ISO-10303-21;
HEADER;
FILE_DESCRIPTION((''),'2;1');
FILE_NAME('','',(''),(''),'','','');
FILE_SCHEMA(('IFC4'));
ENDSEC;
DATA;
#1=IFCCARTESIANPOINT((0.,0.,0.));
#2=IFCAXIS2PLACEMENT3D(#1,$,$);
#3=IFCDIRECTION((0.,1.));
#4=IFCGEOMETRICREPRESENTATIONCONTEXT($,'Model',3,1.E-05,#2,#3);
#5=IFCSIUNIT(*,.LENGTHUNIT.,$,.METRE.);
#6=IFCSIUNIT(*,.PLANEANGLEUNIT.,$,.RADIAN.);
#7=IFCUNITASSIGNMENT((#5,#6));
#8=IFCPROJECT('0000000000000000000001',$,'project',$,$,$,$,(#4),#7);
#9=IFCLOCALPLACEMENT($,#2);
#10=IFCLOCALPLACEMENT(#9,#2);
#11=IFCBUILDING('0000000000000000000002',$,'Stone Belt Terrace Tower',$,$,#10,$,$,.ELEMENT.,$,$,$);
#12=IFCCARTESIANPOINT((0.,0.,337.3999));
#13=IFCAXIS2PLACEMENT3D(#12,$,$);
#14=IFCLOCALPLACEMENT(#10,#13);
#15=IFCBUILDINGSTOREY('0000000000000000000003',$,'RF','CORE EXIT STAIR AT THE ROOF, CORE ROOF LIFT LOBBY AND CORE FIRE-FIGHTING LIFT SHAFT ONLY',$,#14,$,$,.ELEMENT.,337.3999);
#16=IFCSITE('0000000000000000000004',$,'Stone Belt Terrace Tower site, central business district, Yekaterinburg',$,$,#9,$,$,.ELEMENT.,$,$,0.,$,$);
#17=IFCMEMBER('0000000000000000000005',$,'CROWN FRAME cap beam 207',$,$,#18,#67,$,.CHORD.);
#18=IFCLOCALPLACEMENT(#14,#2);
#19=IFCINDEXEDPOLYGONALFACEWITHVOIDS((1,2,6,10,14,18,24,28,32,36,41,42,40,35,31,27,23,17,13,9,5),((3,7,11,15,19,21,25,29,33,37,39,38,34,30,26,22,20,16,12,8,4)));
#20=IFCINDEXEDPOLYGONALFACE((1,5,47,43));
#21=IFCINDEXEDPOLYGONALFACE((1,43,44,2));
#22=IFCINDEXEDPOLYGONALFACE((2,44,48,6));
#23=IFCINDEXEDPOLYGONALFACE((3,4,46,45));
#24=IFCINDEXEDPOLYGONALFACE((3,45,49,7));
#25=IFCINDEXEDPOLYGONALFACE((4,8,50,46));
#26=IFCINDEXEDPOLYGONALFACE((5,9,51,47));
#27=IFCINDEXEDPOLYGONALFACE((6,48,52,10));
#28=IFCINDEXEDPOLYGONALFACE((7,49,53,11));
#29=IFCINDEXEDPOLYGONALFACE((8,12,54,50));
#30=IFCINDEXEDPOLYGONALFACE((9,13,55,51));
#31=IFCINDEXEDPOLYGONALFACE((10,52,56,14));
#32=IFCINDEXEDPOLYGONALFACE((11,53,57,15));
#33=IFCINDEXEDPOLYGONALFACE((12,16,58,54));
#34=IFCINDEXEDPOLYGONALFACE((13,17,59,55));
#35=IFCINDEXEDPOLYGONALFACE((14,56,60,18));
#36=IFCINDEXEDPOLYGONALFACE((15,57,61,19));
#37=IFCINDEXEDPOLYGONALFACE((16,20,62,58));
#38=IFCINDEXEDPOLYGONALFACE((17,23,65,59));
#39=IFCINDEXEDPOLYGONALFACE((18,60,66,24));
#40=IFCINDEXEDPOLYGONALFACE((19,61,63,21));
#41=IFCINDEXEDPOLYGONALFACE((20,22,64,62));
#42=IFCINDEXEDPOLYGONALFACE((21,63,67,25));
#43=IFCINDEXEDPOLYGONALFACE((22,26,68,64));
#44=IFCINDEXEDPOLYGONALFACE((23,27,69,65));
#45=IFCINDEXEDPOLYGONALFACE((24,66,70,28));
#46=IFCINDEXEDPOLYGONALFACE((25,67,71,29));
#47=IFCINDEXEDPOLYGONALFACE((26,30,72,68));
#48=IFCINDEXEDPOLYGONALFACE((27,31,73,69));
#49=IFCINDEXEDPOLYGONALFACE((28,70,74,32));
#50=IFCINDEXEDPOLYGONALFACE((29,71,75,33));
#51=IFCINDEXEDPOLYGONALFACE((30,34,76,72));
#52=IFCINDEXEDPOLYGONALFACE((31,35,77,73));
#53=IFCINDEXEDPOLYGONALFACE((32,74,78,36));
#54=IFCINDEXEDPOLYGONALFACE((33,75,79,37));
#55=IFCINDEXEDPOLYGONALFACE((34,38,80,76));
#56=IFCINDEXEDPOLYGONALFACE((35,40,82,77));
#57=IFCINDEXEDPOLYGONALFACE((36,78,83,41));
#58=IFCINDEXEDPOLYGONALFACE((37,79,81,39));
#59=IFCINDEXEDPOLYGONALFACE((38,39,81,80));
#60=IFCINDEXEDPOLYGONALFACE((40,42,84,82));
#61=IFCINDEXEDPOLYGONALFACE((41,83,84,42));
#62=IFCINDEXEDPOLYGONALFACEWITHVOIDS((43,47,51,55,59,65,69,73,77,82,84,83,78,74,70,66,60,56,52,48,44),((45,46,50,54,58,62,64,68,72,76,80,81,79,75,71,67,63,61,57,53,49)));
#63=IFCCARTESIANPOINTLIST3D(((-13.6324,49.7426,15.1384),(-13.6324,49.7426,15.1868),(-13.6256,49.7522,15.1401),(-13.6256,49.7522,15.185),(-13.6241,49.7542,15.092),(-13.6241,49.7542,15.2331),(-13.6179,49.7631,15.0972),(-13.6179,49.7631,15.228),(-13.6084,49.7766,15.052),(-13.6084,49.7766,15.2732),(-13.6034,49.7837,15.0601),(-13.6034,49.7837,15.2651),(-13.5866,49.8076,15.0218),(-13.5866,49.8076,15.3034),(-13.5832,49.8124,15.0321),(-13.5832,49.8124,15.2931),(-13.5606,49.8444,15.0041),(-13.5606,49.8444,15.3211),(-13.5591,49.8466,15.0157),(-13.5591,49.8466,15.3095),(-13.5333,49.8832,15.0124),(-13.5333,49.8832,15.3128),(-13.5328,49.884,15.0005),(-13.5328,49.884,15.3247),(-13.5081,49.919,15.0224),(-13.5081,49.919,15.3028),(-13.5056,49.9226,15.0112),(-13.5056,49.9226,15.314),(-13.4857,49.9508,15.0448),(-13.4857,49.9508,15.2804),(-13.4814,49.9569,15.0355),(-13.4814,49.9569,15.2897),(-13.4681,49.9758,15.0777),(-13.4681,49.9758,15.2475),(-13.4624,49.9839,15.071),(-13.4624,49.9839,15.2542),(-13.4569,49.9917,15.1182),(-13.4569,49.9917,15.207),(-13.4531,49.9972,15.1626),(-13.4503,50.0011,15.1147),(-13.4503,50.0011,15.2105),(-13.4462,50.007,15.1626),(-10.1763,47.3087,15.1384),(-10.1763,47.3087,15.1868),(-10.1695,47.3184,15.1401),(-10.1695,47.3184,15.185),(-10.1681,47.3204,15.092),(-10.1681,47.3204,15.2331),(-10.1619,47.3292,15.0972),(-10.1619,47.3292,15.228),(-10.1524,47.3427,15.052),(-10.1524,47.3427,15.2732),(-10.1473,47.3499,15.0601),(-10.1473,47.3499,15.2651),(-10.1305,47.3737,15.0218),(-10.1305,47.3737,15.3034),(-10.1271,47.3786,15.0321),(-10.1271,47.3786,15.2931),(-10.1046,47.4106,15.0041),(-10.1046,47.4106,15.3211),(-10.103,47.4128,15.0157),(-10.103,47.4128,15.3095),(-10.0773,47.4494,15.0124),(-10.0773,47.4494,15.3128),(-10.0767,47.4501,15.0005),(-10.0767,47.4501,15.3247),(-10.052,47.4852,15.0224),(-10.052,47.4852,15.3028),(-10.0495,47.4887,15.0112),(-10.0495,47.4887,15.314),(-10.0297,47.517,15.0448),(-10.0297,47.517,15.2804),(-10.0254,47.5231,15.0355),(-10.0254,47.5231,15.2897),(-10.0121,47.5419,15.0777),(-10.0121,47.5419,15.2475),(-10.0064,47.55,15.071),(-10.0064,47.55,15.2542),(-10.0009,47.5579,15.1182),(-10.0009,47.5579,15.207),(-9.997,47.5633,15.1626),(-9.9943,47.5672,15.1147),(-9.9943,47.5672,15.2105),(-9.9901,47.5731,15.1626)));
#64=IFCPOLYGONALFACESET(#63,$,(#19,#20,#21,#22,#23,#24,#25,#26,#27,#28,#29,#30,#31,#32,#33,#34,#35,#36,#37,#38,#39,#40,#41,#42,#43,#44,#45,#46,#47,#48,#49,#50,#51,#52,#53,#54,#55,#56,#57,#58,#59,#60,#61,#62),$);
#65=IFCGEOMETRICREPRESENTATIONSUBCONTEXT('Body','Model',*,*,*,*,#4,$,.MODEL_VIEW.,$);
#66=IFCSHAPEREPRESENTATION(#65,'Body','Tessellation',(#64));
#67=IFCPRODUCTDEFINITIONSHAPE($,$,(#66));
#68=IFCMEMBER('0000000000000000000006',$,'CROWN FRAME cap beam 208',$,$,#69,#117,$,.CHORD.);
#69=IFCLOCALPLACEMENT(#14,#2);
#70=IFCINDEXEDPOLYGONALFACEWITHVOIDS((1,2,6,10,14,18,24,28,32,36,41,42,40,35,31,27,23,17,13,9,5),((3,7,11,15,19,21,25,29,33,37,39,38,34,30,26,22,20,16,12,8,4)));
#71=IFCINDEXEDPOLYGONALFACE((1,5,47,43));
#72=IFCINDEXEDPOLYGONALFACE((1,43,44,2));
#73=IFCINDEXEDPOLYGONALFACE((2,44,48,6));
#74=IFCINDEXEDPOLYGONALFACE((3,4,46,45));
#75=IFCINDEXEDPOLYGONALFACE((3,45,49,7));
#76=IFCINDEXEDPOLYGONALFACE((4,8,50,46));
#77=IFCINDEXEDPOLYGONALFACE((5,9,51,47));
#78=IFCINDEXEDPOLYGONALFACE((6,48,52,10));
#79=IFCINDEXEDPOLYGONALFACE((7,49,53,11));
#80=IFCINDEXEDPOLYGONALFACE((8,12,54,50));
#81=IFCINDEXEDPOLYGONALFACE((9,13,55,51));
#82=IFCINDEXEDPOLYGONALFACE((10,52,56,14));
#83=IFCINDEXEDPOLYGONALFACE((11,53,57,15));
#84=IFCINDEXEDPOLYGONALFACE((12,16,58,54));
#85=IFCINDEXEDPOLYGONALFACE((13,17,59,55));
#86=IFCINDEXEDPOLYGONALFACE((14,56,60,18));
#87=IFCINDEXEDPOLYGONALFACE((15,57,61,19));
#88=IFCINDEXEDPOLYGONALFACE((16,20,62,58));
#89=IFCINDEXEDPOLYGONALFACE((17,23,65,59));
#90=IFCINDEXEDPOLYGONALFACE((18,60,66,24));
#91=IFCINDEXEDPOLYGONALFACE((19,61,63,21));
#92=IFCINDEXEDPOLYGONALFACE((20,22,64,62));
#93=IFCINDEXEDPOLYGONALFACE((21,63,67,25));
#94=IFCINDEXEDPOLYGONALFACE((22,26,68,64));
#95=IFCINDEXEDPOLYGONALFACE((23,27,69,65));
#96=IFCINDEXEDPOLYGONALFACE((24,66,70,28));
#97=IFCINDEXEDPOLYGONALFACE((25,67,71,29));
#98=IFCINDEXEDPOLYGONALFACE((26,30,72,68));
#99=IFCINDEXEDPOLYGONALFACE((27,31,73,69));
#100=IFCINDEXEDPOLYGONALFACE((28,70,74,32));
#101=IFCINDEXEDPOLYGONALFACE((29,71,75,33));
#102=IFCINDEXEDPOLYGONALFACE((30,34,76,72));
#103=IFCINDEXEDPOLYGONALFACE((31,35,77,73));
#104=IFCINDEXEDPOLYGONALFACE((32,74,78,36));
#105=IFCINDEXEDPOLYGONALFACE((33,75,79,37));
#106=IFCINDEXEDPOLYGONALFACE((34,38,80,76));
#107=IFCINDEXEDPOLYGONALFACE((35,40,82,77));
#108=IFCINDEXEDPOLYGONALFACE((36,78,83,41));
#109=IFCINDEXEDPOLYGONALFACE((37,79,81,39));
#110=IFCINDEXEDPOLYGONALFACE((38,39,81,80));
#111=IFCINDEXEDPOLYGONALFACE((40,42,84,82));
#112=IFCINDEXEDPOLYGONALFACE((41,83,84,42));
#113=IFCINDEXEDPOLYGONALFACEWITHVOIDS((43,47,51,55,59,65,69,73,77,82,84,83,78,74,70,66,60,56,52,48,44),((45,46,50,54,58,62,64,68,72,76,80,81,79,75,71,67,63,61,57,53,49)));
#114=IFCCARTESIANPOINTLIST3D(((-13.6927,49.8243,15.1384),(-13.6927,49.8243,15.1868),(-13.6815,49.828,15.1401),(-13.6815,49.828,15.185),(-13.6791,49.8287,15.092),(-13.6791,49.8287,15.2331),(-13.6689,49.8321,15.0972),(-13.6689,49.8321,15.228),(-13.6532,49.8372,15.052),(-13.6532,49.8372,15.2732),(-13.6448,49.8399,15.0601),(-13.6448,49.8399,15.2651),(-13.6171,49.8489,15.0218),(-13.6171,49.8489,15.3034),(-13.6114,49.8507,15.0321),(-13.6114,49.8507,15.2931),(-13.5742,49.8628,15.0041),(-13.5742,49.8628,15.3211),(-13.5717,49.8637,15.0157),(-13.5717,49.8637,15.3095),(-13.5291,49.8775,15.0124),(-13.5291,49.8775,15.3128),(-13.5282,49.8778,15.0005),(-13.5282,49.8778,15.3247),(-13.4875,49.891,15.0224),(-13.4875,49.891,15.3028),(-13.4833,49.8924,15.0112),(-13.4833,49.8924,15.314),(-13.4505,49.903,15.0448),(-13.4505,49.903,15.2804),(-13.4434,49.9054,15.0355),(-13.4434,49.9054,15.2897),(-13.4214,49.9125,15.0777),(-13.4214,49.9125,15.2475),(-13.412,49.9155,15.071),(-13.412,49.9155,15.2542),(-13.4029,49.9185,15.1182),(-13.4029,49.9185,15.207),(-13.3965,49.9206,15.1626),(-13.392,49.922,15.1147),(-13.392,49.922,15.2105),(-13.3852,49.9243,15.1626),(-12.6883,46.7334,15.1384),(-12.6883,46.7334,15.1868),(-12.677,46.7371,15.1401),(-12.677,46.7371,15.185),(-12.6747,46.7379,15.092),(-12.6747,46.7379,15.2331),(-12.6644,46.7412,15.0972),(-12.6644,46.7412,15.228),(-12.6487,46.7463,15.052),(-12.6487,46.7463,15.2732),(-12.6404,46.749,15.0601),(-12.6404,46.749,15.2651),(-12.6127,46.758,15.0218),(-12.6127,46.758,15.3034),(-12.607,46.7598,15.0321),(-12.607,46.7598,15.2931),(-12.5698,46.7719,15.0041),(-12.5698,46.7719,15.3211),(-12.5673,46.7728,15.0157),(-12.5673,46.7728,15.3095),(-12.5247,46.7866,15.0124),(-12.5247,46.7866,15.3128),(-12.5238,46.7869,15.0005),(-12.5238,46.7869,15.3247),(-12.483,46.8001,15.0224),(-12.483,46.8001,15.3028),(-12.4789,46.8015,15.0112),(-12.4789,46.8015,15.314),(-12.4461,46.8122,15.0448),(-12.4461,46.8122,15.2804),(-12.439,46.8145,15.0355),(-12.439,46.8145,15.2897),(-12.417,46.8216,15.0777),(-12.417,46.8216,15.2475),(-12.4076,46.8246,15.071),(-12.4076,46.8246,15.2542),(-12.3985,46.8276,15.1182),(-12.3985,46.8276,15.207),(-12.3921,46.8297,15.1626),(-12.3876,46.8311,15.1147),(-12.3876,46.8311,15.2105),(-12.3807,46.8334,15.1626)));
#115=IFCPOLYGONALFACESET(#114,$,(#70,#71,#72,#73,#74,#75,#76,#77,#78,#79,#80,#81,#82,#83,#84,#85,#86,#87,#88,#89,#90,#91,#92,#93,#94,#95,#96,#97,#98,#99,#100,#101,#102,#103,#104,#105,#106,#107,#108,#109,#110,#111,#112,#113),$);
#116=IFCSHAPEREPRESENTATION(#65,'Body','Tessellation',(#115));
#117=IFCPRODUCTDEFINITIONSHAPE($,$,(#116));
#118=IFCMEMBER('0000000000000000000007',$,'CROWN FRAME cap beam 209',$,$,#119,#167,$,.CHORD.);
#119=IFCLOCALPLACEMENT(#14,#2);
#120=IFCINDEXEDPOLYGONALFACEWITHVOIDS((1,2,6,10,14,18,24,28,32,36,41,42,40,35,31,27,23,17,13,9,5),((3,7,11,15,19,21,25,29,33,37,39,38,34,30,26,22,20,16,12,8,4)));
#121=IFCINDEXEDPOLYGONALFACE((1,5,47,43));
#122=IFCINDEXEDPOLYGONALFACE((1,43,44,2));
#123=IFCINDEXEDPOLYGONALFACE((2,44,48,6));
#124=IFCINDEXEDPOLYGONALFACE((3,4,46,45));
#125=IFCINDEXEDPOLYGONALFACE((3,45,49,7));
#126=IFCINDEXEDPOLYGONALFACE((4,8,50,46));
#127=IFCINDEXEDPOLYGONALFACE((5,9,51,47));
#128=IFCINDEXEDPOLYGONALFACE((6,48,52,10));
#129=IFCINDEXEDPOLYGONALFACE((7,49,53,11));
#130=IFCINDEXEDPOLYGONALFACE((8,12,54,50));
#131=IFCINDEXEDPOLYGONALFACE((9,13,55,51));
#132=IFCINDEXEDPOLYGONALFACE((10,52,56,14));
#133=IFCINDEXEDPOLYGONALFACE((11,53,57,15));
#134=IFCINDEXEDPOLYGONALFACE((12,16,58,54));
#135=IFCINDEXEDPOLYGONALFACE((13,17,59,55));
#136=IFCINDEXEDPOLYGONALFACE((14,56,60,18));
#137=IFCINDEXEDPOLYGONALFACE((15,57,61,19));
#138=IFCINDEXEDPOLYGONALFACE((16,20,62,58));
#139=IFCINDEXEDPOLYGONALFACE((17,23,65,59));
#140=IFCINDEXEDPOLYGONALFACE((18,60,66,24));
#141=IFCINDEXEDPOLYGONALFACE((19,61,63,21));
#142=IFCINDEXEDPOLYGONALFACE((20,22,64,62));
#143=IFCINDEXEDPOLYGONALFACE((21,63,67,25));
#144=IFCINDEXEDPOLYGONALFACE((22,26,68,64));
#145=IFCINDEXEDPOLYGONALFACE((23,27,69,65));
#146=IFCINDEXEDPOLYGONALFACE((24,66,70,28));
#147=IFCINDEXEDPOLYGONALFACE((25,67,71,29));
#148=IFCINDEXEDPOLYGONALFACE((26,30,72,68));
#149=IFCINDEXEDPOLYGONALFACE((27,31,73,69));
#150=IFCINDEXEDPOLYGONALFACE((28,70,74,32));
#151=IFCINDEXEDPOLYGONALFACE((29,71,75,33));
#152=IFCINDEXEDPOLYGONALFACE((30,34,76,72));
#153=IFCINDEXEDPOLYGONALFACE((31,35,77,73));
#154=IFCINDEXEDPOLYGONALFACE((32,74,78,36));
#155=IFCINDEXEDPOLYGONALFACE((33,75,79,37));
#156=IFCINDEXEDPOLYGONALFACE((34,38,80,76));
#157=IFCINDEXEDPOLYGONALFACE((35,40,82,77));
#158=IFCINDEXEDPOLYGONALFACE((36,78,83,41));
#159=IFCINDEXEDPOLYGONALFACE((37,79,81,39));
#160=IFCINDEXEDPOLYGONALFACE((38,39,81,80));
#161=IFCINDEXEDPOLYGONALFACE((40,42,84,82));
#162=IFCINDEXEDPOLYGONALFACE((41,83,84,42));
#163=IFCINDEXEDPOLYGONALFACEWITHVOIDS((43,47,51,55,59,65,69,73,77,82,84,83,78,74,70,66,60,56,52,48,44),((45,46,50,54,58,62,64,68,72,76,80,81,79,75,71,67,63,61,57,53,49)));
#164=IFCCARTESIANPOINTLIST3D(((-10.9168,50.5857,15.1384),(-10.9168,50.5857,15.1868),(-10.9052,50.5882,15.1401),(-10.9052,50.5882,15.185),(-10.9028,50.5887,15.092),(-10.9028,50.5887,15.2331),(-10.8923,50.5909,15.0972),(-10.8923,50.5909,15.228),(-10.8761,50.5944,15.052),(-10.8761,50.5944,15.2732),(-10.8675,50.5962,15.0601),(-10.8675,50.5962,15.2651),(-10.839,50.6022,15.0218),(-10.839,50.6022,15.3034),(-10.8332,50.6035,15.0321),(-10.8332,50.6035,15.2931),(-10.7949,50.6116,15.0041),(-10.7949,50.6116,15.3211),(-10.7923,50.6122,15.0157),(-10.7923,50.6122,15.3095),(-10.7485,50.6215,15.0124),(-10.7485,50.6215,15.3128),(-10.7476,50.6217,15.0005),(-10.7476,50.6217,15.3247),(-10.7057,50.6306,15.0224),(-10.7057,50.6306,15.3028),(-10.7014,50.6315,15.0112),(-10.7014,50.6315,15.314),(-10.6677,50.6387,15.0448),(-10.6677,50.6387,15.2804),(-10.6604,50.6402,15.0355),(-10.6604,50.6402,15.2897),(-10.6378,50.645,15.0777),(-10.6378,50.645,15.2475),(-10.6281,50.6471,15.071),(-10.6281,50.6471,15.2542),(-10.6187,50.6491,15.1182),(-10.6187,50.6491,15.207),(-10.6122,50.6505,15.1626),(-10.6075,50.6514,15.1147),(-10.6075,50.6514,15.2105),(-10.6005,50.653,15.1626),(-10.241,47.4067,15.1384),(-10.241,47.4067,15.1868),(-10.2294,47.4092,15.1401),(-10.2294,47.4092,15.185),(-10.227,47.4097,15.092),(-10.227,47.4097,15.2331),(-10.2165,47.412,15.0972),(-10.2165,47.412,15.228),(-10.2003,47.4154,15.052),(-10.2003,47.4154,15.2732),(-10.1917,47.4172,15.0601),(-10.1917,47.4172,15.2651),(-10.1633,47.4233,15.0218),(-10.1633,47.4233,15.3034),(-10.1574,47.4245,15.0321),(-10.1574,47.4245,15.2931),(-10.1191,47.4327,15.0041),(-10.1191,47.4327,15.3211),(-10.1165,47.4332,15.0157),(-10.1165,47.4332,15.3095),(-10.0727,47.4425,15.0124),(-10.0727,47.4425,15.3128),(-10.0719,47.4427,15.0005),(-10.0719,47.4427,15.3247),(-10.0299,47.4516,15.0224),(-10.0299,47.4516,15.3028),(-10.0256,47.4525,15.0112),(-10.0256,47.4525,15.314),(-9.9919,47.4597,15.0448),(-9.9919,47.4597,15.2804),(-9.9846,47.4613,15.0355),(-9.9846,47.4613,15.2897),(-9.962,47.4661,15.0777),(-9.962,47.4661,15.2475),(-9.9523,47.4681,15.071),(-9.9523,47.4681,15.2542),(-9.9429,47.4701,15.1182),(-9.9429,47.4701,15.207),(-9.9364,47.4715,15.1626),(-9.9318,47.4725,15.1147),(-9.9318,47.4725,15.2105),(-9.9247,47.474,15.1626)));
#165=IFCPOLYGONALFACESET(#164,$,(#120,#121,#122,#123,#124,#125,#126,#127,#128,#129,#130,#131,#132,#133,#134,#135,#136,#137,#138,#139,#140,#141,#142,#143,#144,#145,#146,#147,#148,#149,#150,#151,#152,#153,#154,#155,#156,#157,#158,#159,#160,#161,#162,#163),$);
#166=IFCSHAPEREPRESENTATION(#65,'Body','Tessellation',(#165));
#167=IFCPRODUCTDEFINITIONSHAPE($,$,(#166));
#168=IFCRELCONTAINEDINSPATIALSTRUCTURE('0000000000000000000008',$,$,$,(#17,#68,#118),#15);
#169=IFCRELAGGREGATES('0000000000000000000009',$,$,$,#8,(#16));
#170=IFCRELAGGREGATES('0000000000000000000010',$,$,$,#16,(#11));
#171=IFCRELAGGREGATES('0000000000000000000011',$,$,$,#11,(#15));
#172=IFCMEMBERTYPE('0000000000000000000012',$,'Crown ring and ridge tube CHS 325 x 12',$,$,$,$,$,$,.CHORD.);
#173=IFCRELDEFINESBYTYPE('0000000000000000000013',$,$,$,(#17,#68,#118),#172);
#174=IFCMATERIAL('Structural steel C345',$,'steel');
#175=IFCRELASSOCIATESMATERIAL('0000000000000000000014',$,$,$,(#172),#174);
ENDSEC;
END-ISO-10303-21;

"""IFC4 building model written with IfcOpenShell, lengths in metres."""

from ifc_helpers import new_model, si_unit, direction, frame, origin, origin_2d, place, context, subcontext, project, spatial, hollow_circle, extrude, material, material_profile, profile_set, type_object, element, save


model = new_model("IFC4")

# Units and contexts
model_context = context("Model", 3, precision=1e-05, world=origin(), true_north=direction((0.0, 1.0)))
body_context = subcontext(model_context, "Body", "Model", "MODEL_VIEW")
ifc_project = project(units=[si_unit("LENGTHUNIT", "METRE"), si_unit("PLANEANGLEUNIT", "RADIAN")], contexts=[model_context])

# Site, building, storey
site_placement = place(None, origin())
site = spatial("IfcSite", under=ifc_project, at=site_placement, Name="Stone Belt Terrace Tower site, central business district, Yekaterinburg", CompositionType="ELEMENT", RefElevation=0.0)
building_placement = place(site_placement, origin())
building = spatial("IfcBuilding", under=site, at=building_placement, Name="Stone Belt Terrace Tower", CompositionType="ELEMENT")
storey_placement = place(building_placement, frame((0.0, 0.0, 337.3999)))
storey = spatial("IfcBuildingStorey", under=building, at=storey_placement, Name="RF", Description="CORE EXIT STAIR AT THE ROOF, CORE ROOF LIFT LOBBY AND CORE FIRE-FIGHTING LIFT SHAFT ONLY", CompositionType="ELEMENT", Elevation=337.3999)

# Members
ifc_material_1 = material(Name="Structural steel C345", Category="steel")
ifc_material_profile_1 = material_profile(ifc_material_1, hollow_circle(Radius=0.1626, WallThickness=0.012, at=origin_2d()), Name="Structural steel C345 CHS 325x12")
ifc_profile_set_1 = profile_set([ifc_material_profile_1], Name="Structural steel C345")
member_type_1 = type_object("IfcMemberType", Name="Crown ring and ridge tube CHS 325 x 12", PredefinedType="CHORD", material=ifc_profile_set_1)
member_1_placement = place(storey_placement, frame((-13.5398, 49.874, 15.1626), z_axis=(0.817606, -0.575778, 0.0), x_axis=(0.575778, 0.817606, 0.0)))
element("IfcMember", 1, at=member_1_placement, inside=storey, type_object=member_type_1, Name="CROWN FRAME cap beam 207", PredefinedType="CHORD", context=body_context, shape_type="SweptSolid", body=[
    extrude(hollow_circle(Radius=0.1626, WallThickness=0.012, at=origin_2d()), origin(), (0.0, 0.0, 1.0), 4.2271),
])
for number, where, z_axis, x_axis, name in (
    (2, (-13.5398, 49.874, 15.1626), (0.309052, -0.951045, 0.0), (0.951045, 0.309052, 0.0), "CROWN FRAME cap beam 208"),
    (3, (-10.7595, 50.6191, 15.1626), (0.207933, -0.978143, 0.0), (0.978143, 0.207933, 0.0), "CROWN FRAME cap beam 209"),
):
    element("IfcMember", number, at=place(storey_placement, frame(where, z_axis=z_axis, x_axis=x_axis)), inside=storey, type_object=member_type_1, Name=name, PredefinedType="CHORD", context=body_context, shape_type="SweptSolid", body=[
        extrude(hollow_circle(Radius=0.1626, WallThickness=0.012, at=origin_2d()), origin(), (0.0, 0.0, 1.0), 3.25),
    ])

save(model, "model.ifc")
